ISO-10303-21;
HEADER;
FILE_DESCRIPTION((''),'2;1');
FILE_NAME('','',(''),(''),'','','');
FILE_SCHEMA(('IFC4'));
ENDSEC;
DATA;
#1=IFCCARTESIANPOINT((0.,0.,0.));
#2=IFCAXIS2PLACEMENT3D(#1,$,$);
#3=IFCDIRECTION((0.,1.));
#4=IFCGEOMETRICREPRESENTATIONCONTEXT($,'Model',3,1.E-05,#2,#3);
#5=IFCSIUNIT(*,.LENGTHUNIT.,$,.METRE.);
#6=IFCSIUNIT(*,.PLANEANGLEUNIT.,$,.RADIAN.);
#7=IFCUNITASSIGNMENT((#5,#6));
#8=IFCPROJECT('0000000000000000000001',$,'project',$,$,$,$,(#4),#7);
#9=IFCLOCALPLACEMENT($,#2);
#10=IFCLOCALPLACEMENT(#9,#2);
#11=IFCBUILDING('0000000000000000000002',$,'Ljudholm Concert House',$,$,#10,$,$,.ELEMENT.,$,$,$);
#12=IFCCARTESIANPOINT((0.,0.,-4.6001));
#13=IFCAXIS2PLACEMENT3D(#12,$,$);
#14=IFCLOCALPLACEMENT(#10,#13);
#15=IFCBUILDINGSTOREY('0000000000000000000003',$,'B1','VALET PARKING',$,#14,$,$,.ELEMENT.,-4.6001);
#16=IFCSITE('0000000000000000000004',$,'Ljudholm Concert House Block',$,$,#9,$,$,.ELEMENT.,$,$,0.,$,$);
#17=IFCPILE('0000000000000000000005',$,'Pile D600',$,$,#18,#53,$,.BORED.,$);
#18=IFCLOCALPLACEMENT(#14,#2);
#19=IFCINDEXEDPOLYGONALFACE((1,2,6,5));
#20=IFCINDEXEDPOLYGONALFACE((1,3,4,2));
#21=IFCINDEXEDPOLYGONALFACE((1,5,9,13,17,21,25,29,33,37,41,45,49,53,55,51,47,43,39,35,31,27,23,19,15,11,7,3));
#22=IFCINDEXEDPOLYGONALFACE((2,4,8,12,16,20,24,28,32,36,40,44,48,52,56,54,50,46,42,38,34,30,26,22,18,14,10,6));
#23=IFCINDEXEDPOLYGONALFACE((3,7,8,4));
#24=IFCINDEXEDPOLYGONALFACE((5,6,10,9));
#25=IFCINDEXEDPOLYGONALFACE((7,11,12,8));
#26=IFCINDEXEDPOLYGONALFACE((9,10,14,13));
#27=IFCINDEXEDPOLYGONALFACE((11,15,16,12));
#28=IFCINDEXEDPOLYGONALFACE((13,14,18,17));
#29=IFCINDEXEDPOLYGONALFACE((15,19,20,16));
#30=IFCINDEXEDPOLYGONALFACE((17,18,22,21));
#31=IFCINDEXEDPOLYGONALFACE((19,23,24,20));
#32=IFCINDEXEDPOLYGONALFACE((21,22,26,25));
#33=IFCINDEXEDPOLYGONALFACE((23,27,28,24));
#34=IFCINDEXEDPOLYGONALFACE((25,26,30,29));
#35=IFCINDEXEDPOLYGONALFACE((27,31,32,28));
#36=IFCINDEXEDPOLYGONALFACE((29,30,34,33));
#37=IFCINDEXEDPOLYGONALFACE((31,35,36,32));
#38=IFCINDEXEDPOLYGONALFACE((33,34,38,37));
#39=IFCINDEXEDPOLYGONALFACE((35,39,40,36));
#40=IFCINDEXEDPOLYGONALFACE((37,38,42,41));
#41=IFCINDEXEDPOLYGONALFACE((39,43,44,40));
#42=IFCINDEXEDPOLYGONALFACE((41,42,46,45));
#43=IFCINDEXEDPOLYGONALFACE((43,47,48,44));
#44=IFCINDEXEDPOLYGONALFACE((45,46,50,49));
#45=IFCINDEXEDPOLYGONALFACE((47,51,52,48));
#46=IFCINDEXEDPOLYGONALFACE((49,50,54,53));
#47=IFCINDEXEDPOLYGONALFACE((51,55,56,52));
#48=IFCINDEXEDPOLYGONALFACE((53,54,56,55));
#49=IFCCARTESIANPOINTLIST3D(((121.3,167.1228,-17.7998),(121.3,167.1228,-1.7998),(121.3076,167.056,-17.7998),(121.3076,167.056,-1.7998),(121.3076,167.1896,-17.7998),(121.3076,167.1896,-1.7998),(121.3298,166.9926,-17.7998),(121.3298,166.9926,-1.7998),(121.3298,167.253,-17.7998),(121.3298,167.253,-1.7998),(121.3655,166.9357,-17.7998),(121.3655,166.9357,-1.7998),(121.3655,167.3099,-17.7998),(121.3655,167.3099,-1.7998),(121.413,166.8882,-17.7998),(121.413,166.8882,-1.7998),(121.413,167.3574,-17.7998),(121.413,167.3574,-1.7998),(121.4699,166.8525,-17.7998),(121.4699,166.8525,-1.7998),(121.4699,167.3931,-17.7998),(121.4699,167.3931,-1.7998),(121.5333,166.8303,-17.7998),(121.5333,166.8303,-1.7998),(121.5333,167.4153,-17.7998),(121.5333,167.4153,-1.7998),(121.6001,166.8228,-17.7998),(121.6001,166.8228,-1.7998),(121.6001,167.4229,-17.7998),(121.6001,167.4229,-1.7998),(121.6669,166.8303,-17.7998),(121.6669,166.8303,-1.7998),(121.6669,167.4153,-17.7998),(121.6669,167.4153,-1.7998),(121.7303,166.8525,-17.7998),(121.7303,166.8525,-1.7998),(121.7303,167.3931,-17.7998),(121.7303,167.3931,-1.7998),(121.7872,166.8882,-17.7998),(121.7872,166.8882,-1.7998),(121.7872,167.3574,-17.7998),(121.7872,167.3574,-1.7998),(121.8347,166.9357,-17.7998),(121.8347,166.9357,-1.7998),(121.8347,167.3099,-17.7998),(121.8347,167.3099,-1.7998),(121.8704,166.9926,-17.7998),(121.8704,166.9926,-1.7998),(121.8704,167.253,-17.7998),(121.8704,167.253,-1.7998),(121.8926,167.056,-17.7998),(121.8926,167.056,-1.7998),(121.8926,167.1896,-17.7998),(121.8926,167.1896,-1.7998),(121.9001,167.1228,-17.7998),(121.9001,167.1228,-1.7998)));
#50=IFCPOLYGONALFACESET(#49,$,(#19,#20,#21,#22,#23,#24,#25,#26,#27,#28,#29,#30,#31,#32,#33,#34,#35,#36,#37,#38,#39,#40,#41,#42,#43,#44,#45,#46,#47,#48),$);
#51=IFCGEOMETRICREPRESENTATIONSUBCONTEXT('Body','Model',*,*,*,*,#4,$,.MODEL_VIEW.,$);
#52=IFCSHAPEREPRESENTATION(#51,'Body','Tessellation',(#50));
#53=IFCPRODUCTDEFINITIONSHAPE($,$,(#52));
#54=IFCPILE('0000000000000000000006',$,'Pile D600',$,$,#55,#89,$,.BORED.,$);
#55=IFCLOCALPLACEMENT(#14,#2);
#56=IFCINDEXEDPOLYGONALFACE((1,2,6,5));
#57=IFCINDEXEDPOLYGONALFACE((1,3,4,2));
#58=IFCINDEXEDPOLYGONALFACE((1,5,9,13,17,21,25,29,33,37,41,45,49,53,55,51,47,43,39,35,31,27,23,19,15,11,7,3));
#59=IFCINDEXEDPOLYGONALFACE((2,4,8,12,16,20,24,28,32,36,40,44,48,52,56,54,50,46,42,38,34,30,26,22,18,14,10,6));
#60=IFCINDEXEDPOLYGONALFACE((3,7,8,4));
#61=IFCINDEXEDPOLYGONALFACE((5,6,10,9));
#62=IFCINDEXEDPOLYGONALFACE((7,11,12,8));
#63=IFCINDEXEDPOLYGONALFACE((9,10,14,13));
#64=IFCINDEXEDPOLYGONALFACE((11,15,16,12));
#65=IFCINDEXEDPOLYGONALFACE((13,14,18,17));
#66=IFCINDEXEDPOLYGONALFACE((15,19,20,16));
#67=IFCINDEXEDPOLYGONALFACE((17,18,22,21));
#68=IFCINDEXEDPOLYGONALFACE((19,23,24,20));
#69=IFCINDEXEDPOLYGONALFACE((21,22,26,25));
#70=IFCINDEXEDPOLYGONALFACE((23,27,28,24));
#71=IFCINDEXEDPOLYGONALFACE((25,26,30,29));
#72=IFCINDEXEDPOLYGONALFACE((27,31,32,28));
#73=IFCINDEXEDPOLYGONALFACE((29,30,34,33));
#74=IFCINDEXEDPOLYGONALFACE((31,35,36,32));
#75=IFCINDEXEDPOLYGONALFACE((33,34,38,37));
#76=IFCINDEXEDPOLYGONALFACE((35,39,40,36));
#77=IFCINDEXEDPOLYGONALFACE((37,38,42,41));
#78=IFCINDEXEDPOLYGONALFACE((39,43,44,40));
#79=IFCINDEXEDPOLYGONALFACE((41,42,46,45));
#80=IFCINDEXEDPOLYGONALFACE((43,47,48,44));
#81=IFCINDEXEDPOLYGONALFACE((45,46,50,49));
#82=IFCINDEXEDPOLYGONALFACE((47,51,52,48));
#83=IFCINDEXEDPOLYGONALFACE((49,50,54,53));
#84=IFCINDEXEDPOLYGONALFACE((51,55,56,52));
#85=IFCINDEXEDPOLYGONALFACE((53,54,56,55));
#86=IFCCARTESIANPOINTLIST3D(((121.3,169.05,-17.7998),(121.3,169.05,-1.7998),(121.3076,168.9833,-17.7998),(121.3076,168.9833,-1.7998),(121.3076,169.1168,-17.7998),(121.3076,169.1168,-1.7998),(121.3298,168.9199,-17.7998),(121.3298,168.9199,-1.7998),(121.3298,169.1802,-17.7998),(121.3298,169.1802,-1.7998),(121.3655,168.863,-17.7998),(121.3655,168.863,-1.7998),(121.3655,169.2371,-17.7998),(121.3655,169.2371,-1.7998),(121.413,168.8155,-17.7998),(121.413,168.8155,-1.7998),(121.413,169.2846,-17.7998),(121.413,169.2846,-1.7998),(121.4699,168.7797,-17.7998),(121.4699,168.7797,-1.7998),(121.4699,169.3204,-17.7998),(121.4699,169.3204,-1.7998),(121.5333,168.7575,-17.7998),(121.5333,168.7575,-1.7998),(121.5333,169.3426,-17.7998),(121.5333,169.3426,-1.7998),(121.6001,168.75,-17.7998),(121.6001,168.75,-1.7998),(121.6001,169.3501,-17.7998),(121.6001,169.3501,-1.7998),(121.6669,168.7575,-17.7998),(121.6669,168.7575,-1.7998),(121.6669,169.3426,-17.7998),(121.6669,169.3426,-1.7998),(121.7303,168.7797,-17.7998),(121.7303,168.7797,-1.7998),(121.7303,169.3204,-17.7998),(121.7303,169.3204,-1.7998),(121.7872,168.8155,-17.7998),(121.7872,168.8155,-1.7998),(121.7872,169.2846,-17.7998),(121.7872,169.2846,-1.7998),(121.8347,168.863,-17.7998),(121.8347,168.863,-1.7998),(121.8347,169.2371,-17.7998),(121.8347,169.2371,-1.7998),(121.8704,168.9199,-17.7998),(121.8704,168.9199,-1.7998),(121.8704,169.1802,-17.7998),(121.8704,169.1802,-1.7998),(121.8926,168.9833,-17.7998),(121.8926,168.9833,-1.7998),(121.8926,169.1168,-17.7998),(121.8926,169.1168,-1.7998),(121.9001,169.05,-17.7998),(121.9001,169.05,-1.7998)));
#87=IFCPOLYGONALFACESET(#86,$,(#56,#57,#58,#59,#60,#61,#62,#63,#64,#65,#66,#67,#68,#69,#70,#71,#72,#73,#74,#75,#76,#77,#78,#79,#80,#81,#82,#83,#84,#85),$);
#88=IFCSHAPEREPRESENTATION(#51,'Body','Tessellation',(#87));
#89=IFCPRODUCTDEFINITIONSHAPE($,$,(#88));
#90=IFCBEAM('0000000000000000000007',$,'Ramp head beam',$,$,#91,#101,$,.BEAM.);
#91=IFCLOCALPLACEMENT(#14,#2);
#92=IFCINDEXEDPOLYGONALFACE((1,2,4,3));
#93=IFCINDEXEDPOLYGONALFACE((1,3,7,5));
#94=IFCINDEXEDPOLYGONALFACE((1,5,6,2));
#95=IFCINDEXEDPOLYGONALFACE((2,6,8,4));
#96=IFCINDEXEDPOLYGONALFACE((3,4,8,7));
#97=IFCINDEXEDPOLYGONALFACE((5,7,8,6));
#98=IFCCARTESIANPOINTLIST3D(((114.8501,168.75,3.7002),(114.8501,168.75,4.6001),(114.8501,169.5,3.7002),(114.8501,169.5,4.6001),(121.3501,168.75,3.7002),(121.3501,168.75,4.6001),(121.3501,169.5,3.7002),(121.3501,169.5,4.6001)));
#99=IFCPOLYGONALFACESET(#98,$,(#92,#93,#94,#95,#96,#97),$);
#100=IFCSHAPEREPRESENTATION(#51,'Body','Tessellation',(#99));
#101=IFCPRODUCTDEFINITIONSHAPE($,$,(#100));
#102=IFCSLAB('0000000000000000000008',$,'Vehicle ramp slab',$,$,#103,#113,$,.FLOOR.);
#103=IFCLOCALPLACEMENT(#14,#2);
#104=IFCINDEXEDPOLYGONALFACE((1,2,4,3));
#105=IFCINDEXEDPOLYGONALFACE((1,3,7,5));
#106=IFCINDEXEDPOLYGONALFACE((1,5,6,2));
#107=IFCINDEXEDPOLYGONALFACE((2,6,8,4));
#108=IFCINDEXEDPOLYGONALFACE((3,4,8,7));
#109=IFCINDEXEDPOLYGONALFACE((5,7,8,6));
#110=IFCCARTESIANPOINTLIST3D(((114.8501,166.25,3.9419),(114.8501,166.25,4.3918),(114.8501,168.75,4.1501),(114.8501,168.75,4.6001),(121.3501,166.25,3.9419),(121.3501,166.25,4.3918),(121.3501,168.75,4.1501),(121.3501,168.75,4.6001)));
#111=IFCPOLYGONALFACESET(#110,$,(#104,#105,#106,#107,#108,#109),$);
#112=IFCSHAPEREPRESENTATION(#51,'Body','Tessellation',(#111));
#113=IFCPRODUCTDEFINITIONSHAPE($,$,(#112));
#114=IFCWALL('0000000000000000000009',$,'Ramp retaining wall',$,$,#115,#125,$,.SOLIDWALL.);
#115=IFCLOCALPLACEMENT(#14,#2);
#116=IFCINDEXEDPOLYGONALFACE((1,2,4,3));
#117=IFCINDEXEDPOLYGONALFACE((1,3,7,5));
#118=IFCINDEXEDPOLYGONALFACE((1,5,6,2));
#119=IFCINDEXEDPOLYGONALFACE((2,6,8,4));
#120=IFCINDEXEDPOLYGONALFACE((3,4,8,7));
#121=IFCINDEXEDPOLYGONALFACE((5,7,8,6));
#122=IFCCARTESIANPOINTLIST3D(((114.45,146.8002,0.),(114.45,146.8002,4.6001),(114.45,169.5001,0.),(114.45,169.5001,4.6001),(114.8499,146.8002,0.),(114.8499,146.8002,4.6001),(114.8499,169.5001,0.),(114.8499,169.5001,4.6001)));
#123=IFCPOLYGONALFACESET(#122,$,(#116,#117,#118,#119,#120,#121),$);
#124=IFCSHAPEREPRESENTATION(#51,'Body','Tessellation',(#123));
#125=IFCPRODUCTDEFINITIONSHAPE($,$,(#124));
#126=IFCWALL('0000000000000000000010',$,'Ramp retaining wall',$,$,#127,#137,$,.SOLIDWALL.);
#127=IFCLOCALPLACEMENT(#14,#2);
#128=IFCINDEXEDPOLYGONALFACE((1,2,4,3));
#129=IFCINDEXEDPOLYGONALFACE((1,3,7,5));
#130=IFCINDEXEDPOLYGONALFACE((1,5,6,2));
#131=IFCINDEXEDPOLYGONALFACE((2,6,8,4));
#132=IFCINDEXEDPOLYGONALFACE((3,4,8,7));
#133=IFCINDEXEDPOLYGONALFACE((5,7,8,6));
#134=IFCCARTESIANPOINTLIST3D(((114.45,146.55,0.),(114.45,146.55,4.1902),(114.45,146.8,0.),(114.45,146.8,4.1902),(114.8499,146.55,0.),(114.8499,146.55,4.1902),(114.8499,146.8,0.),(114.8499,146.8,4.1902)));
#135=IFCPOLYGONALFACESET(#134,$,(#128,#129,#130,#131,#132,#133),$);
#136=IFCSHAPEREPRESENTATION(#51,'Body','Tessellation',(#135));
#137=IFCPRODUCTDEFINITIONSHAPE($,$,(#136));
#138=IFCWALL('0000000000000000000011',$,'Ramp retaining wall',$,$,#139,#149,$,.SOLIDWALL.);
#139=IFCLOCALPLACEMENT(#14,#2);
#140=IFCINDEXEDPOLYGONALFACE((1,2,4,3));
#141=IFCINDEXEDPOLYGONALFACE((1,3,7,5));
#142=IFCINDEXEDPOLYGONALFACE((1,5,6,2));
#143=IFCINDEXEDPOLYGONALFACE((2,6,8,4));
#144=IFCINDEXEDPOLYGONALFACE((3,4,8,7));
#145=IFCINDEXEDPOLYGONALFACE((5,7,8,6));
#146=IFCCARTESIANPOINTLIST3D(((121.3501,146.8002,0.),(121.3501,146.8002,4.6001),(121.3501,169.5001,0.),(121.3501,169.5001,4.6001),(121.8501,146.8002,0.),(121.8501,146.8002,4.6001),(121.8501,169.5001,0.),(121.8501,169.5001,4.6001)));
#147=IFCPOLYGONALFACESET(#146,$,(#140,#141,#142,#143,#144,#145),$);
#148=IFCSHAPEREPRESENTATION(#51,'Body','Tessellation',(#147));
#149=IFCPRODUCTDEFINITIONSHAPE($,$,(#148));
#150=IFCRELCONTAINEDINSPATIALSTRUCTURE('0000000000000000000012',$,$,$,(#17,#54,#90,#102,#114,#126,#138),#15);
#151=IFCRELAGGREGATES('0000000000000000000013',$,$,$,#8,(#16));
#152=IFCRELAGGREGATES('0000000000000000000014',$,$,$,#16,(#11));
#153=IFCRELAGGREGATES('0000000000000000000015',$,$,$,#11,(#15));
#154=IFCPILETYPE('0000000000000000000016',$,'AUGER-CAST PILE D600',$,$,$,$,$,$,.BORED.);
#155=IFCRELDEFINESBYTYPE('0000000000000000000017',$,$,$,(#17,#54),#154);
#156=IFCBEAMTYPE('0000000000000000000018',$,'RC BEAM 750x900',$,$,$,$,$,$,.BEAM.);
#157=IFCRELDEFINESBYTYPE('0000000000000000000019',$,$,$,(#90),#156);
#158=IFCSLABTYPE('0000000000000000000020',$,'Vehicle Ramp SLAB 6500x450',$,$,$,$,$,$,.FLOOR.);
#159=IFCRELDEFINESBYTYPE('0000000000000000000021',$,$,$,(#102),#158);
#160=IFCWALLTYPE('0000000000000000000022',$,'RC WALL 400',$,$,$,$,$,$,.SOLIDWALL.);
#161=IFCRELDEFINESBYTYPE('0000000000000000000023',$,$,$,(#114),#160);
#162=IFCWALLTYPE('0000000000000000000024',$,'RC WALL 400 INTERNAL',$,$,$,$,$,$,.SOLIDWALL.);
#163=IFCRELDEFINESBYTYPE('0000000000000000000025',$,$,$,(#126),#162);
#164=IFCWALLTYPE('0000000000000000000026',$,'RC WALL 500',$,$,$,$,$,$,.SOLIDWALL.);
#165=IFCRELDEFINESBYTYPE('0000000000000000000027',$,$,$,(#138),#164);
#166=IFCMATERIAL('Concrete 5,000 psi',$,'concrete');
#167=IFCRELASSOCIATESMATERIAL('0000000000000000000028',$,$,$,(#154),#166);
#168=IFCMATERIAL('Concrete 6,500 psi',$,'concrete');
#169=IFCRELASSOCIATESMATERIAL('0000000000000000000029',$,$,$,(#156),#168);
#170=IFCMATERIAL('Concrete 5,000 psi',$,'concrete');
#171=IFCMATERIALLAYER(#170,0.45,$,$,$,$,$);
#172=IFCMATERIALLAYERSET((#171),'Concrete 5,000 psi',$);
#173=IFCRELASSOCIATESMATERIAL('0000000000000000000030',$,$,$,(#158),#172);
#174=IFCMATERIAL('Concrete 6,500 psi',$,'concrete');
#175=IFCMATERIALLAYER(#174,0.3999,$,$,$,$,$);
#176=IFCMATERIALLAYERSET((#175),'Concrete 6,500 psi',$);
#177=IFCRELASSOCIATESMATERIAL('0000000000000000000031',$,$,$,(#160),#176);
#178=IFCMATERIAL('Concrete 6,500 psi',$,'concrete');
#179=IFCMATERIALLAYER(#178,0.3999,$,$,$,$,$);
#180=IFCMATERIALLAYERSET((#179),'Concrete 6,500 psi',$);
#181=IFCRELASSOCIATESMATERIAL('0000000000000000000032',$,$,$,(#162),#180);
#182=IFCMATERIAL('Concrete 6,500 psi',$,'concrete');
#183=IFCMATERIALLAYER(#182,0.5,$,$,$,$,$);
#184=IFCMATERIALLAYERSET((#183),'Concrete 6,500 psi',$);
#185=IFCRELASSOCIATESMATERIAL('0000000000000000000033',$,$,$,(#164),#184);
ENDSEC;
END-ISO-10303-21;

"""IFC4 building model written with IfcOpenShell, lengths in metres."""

from ifc_helpers import new_model, si_unit, direction, frame, frame_2d, origin, origin_2d, place, context, subcontext, project, spatial, polyline, rectangle, circle, outline, extrude, material, layer, layer_set, material_profile, profile_set, type_object, element, save


model = new_model("IFC4")

# Units and contexts
model_context = context("Model", 3, precision=1e-05, world=origin(), true_north=direction((0.0, 1.0)))
body_context = subcontext(model_context, "Body", "Model", "MODEL_VIEW")
ifc_project = project(units=[si_unit("LENGTHUNIT", "METRE"), si_unit("PLANEANGLEUNIT", "RADIAN")], contexts=[model_context])

# Site, building, storey
site_placement = place(None, origin())
site = spatial("IfcSite", under=ifc_project, at=site_placement, Name="Ljudholm Concert House Block", CompositionType="ELEMENT", RefElevation=0.0)
building_placement = place(site_placement, origin())
building = spatial("IfcBuilding", under=site, at=building_placement, Name="Ljudholm Concert House", CompositionType="ELEMENT")
storey_placement = place(building_placement, frame((0.0, 0.0, -4.6001)))
storey = spatial("IfcBuildingStorey", under=building, at=storey_placement, Name="B1", Description="VALET PARKING", CompositionType="ELEMENT", Elevation=-4.6001)

# Piles
ifc_material_1 = material(Name="Concrete 5,000 psi", Category="concrete")
ifc_material_profile_1 = material_profile(ifc_material_1, circle(Radius=0.3, at=origin_2d()), Name="AUGER-CAST PILE D600")
ifc_profile_set_1 = profile_set([ifc_material_profile_1], Name="Concrete 5,000 psi")
pile_type = type_object("IfcPileType", Name="AUGER-CAST PILE D600", PredefinedType="BORED", material=ifc_profile_set_1)
for number, where, z_axis, x_axis, name in (
    (1, (121.6001, 167.1228, -1.7998), (0.0, 0.0, -1.0), (1.0, 0.0, 0.0), "Pile D600"),
    (2, (121.6001, 169.05, -1.7998), (0.0, 0.0, -1.0), (1.0, 0.0, 0.0), "Pile D600"),
):
    element("IfcPile", number, at=place(storey_placement, frame(where, z_axis=z_axis, x_axis=x_axis)), inside=storey, type_object=pile_type, Name=name, PredefinedType="BORED", context=body_context, shape_type="SweptSolid", body=[
        extrude(circle(Radius=0.3, at=origin_2d()), origin(), (0.0, 0.0, 1.0), 16.0),
    ])

# Beam
ifc_material_2 = material(Name="Concrete 6,500 psi", Category="concrete")
ifc_material_profile_2 = material_profile(ifc_material_2, rectangle(XDim=0.75, YDim=0.8999, at=origin_2d()), Name="RC BEAM 750x900")
ifc_profile_set_2 = profile_set([ifc_material_profile_2], Name="Concrete 6,500 psi")
beam_type = type_object("IfcBeamType", Name="RC BEAM 750x900", PredefinedType="BEAM", material=ifc_profile_set_2)
beam_placement = place(storey_placement, frame((114.8501, 169.125, 4.1501), z_axis=(1.0, 0.0, 0.0), x_axis=(0.0, 1.0, 0.0)))
element("IfcBeam", 3, at=beam_placement, inside=storey, type_object=beam_type, Name="Ramp head beam", PredefinedType="BEAM", context=body_context, shape_type="SweptSolid", body=[
    extrude(rectangle(XDim=0.75, YDim=0.8999, at=origin_2d()), origin(), (0.0, 0.0, 1.0), 6.5),
])

# Slab
ifc_material_3 = material(Name="Concrete 5,000 psi", Category="concrete")
ifc_layer_1 = layer(ifc_material_3, 0.45)
ifc_layer_set_1 = layer_set([ifc_layer_1], Name="Concrete 5,000 psi")
slab_type = type_object("IfcSlabType", Name="Vehicle Ramp SLAB 6500x450", PredefinedType="FLOOR", material=ifc_layer_set_1)
slab_placement = place(storey_placement, frame((121.3501, 166.25, 4.3918), z_axis=(0.0, -0.083013, 0.996548), x_axis=(0.0, 0.996548, 0.083013)))
element("IfcSlab", 4, at=slab_placement, inside=storey, type_object=slab_type, Name="Vehicle ramp slab", PredefinedType="FLOOR", context=body_context, shape_type="SweptSolid", body=[
    extrude(outline(polyline([(0.0, 0.0), (2.5087, 0.0), (2.5087, 6.5), (0.0, 6.5), (0.0, 0.0)])), origin(), (-0.083013, 0.0, -0.996548), 0.45),
])

# Walls
ifc_material_4 = material(Name="Concrete 6,500 psi", Category="concrete")
ifc_layer_2 = layer(ifc_material_4, 0.3999)
ifc_layer_set_2 = layer_set([ifc_layer_2], Name="Concrete 6,500 psi")
wall_type_1 = type_object("IfcWallType", Name="RC WALL 400", PredefinedType="SOLIDWALL", material=ifc_layer_set_2)
wall_1_placement = place(storey_placement, frame((114.6499, 146.8, 0.0), z_axis=(0.0, 0.0, 1.0), x_axis=(0.0, 1.0, 0.0)))
element("IfcWall", 5, at=wall_1_placement, inside=storey, type_object=wall_type_1, Name="Ramp retaining wall", PredefinedType="SOLIDWALL", context=body_context, shape_type="SweptSolid", body=[
    extrude(rectangle(XDim=22.7, YDim=0.3999, at=frame_2d((11.3501, 0.0))), origin(), (0.0, 0.0, 1.0), 4.6001),
])
ifc_material_5 = material(Name="Concrete 6,500 psi", Category="concrete")
ifc_layer_3 = layer(ifc_material_5, 0.3999)
ifc_layer_set_3 = layer_set([ifc_layer_3], Name="Concrete 6,500 psi")
wall_type_2 = type_object("IfcWallType", Name="RC WALL 400 INTERNAL", PredefinedType="SOLIDWALL", material=ifc_layer_set_3)
wall_2_placement = place(storey_placement, frame((114.6499, 146.55, 0.0), z_axis=(0.0, 0.0, 1.0), x_axis=(0.0, 1.0, 0.0)))
element("IfcWall", 6, at=wall_2_placement, inside=storey, type_object=wall_type_2, Name="Ramp retaining wall", PredefinedType="SOLIDWALL", context=body_context, shape_type="SweptSolid", body=[
    extrude(rectangle(XDim=0.25, YDim=0.3999, at=frame_2d((0.125, 0.0))), origin(), (0.0, 0.0, 1.0), 4.1902),
])
ifc_material_6 = material(Name="Concrete 6,500 psi", Category="concrete")
ifc_layer_4 = layer(ifc_material_6, 0.5)
ifc_layer_set_4 = layer_set([ifc_layer_4], Name="Concrete 6,500 psi")
wall_type_3 = type_object("IfcWallType", Name="RC WALL 500", PredefinedType="SOLIDWALL", material=ifc_layer_set_4)
wall_3_placement = place(storey_placement, frame((121.6001, 146.8, 0.0), z_axis=(0.0, 0.0, 1.0), x_axis=(0.0, 1.0, 0.0)))
element("IfcWall", 7, at=wall_3_placement, inside=storey, type_object=wall_type_3, Name="Ramp retaining wall", PredefinedType="SOLIDWALL", context=body_context, shape_type="SweptSolid", body=[
    extrude(rectangle(XDim=22.7, YDim=0.5, at=frame_2d((11.3501, 0.0))), origin(), (0.0, 0.0, 1.0), 4.6001),
])

save(model, "model.ifc")
